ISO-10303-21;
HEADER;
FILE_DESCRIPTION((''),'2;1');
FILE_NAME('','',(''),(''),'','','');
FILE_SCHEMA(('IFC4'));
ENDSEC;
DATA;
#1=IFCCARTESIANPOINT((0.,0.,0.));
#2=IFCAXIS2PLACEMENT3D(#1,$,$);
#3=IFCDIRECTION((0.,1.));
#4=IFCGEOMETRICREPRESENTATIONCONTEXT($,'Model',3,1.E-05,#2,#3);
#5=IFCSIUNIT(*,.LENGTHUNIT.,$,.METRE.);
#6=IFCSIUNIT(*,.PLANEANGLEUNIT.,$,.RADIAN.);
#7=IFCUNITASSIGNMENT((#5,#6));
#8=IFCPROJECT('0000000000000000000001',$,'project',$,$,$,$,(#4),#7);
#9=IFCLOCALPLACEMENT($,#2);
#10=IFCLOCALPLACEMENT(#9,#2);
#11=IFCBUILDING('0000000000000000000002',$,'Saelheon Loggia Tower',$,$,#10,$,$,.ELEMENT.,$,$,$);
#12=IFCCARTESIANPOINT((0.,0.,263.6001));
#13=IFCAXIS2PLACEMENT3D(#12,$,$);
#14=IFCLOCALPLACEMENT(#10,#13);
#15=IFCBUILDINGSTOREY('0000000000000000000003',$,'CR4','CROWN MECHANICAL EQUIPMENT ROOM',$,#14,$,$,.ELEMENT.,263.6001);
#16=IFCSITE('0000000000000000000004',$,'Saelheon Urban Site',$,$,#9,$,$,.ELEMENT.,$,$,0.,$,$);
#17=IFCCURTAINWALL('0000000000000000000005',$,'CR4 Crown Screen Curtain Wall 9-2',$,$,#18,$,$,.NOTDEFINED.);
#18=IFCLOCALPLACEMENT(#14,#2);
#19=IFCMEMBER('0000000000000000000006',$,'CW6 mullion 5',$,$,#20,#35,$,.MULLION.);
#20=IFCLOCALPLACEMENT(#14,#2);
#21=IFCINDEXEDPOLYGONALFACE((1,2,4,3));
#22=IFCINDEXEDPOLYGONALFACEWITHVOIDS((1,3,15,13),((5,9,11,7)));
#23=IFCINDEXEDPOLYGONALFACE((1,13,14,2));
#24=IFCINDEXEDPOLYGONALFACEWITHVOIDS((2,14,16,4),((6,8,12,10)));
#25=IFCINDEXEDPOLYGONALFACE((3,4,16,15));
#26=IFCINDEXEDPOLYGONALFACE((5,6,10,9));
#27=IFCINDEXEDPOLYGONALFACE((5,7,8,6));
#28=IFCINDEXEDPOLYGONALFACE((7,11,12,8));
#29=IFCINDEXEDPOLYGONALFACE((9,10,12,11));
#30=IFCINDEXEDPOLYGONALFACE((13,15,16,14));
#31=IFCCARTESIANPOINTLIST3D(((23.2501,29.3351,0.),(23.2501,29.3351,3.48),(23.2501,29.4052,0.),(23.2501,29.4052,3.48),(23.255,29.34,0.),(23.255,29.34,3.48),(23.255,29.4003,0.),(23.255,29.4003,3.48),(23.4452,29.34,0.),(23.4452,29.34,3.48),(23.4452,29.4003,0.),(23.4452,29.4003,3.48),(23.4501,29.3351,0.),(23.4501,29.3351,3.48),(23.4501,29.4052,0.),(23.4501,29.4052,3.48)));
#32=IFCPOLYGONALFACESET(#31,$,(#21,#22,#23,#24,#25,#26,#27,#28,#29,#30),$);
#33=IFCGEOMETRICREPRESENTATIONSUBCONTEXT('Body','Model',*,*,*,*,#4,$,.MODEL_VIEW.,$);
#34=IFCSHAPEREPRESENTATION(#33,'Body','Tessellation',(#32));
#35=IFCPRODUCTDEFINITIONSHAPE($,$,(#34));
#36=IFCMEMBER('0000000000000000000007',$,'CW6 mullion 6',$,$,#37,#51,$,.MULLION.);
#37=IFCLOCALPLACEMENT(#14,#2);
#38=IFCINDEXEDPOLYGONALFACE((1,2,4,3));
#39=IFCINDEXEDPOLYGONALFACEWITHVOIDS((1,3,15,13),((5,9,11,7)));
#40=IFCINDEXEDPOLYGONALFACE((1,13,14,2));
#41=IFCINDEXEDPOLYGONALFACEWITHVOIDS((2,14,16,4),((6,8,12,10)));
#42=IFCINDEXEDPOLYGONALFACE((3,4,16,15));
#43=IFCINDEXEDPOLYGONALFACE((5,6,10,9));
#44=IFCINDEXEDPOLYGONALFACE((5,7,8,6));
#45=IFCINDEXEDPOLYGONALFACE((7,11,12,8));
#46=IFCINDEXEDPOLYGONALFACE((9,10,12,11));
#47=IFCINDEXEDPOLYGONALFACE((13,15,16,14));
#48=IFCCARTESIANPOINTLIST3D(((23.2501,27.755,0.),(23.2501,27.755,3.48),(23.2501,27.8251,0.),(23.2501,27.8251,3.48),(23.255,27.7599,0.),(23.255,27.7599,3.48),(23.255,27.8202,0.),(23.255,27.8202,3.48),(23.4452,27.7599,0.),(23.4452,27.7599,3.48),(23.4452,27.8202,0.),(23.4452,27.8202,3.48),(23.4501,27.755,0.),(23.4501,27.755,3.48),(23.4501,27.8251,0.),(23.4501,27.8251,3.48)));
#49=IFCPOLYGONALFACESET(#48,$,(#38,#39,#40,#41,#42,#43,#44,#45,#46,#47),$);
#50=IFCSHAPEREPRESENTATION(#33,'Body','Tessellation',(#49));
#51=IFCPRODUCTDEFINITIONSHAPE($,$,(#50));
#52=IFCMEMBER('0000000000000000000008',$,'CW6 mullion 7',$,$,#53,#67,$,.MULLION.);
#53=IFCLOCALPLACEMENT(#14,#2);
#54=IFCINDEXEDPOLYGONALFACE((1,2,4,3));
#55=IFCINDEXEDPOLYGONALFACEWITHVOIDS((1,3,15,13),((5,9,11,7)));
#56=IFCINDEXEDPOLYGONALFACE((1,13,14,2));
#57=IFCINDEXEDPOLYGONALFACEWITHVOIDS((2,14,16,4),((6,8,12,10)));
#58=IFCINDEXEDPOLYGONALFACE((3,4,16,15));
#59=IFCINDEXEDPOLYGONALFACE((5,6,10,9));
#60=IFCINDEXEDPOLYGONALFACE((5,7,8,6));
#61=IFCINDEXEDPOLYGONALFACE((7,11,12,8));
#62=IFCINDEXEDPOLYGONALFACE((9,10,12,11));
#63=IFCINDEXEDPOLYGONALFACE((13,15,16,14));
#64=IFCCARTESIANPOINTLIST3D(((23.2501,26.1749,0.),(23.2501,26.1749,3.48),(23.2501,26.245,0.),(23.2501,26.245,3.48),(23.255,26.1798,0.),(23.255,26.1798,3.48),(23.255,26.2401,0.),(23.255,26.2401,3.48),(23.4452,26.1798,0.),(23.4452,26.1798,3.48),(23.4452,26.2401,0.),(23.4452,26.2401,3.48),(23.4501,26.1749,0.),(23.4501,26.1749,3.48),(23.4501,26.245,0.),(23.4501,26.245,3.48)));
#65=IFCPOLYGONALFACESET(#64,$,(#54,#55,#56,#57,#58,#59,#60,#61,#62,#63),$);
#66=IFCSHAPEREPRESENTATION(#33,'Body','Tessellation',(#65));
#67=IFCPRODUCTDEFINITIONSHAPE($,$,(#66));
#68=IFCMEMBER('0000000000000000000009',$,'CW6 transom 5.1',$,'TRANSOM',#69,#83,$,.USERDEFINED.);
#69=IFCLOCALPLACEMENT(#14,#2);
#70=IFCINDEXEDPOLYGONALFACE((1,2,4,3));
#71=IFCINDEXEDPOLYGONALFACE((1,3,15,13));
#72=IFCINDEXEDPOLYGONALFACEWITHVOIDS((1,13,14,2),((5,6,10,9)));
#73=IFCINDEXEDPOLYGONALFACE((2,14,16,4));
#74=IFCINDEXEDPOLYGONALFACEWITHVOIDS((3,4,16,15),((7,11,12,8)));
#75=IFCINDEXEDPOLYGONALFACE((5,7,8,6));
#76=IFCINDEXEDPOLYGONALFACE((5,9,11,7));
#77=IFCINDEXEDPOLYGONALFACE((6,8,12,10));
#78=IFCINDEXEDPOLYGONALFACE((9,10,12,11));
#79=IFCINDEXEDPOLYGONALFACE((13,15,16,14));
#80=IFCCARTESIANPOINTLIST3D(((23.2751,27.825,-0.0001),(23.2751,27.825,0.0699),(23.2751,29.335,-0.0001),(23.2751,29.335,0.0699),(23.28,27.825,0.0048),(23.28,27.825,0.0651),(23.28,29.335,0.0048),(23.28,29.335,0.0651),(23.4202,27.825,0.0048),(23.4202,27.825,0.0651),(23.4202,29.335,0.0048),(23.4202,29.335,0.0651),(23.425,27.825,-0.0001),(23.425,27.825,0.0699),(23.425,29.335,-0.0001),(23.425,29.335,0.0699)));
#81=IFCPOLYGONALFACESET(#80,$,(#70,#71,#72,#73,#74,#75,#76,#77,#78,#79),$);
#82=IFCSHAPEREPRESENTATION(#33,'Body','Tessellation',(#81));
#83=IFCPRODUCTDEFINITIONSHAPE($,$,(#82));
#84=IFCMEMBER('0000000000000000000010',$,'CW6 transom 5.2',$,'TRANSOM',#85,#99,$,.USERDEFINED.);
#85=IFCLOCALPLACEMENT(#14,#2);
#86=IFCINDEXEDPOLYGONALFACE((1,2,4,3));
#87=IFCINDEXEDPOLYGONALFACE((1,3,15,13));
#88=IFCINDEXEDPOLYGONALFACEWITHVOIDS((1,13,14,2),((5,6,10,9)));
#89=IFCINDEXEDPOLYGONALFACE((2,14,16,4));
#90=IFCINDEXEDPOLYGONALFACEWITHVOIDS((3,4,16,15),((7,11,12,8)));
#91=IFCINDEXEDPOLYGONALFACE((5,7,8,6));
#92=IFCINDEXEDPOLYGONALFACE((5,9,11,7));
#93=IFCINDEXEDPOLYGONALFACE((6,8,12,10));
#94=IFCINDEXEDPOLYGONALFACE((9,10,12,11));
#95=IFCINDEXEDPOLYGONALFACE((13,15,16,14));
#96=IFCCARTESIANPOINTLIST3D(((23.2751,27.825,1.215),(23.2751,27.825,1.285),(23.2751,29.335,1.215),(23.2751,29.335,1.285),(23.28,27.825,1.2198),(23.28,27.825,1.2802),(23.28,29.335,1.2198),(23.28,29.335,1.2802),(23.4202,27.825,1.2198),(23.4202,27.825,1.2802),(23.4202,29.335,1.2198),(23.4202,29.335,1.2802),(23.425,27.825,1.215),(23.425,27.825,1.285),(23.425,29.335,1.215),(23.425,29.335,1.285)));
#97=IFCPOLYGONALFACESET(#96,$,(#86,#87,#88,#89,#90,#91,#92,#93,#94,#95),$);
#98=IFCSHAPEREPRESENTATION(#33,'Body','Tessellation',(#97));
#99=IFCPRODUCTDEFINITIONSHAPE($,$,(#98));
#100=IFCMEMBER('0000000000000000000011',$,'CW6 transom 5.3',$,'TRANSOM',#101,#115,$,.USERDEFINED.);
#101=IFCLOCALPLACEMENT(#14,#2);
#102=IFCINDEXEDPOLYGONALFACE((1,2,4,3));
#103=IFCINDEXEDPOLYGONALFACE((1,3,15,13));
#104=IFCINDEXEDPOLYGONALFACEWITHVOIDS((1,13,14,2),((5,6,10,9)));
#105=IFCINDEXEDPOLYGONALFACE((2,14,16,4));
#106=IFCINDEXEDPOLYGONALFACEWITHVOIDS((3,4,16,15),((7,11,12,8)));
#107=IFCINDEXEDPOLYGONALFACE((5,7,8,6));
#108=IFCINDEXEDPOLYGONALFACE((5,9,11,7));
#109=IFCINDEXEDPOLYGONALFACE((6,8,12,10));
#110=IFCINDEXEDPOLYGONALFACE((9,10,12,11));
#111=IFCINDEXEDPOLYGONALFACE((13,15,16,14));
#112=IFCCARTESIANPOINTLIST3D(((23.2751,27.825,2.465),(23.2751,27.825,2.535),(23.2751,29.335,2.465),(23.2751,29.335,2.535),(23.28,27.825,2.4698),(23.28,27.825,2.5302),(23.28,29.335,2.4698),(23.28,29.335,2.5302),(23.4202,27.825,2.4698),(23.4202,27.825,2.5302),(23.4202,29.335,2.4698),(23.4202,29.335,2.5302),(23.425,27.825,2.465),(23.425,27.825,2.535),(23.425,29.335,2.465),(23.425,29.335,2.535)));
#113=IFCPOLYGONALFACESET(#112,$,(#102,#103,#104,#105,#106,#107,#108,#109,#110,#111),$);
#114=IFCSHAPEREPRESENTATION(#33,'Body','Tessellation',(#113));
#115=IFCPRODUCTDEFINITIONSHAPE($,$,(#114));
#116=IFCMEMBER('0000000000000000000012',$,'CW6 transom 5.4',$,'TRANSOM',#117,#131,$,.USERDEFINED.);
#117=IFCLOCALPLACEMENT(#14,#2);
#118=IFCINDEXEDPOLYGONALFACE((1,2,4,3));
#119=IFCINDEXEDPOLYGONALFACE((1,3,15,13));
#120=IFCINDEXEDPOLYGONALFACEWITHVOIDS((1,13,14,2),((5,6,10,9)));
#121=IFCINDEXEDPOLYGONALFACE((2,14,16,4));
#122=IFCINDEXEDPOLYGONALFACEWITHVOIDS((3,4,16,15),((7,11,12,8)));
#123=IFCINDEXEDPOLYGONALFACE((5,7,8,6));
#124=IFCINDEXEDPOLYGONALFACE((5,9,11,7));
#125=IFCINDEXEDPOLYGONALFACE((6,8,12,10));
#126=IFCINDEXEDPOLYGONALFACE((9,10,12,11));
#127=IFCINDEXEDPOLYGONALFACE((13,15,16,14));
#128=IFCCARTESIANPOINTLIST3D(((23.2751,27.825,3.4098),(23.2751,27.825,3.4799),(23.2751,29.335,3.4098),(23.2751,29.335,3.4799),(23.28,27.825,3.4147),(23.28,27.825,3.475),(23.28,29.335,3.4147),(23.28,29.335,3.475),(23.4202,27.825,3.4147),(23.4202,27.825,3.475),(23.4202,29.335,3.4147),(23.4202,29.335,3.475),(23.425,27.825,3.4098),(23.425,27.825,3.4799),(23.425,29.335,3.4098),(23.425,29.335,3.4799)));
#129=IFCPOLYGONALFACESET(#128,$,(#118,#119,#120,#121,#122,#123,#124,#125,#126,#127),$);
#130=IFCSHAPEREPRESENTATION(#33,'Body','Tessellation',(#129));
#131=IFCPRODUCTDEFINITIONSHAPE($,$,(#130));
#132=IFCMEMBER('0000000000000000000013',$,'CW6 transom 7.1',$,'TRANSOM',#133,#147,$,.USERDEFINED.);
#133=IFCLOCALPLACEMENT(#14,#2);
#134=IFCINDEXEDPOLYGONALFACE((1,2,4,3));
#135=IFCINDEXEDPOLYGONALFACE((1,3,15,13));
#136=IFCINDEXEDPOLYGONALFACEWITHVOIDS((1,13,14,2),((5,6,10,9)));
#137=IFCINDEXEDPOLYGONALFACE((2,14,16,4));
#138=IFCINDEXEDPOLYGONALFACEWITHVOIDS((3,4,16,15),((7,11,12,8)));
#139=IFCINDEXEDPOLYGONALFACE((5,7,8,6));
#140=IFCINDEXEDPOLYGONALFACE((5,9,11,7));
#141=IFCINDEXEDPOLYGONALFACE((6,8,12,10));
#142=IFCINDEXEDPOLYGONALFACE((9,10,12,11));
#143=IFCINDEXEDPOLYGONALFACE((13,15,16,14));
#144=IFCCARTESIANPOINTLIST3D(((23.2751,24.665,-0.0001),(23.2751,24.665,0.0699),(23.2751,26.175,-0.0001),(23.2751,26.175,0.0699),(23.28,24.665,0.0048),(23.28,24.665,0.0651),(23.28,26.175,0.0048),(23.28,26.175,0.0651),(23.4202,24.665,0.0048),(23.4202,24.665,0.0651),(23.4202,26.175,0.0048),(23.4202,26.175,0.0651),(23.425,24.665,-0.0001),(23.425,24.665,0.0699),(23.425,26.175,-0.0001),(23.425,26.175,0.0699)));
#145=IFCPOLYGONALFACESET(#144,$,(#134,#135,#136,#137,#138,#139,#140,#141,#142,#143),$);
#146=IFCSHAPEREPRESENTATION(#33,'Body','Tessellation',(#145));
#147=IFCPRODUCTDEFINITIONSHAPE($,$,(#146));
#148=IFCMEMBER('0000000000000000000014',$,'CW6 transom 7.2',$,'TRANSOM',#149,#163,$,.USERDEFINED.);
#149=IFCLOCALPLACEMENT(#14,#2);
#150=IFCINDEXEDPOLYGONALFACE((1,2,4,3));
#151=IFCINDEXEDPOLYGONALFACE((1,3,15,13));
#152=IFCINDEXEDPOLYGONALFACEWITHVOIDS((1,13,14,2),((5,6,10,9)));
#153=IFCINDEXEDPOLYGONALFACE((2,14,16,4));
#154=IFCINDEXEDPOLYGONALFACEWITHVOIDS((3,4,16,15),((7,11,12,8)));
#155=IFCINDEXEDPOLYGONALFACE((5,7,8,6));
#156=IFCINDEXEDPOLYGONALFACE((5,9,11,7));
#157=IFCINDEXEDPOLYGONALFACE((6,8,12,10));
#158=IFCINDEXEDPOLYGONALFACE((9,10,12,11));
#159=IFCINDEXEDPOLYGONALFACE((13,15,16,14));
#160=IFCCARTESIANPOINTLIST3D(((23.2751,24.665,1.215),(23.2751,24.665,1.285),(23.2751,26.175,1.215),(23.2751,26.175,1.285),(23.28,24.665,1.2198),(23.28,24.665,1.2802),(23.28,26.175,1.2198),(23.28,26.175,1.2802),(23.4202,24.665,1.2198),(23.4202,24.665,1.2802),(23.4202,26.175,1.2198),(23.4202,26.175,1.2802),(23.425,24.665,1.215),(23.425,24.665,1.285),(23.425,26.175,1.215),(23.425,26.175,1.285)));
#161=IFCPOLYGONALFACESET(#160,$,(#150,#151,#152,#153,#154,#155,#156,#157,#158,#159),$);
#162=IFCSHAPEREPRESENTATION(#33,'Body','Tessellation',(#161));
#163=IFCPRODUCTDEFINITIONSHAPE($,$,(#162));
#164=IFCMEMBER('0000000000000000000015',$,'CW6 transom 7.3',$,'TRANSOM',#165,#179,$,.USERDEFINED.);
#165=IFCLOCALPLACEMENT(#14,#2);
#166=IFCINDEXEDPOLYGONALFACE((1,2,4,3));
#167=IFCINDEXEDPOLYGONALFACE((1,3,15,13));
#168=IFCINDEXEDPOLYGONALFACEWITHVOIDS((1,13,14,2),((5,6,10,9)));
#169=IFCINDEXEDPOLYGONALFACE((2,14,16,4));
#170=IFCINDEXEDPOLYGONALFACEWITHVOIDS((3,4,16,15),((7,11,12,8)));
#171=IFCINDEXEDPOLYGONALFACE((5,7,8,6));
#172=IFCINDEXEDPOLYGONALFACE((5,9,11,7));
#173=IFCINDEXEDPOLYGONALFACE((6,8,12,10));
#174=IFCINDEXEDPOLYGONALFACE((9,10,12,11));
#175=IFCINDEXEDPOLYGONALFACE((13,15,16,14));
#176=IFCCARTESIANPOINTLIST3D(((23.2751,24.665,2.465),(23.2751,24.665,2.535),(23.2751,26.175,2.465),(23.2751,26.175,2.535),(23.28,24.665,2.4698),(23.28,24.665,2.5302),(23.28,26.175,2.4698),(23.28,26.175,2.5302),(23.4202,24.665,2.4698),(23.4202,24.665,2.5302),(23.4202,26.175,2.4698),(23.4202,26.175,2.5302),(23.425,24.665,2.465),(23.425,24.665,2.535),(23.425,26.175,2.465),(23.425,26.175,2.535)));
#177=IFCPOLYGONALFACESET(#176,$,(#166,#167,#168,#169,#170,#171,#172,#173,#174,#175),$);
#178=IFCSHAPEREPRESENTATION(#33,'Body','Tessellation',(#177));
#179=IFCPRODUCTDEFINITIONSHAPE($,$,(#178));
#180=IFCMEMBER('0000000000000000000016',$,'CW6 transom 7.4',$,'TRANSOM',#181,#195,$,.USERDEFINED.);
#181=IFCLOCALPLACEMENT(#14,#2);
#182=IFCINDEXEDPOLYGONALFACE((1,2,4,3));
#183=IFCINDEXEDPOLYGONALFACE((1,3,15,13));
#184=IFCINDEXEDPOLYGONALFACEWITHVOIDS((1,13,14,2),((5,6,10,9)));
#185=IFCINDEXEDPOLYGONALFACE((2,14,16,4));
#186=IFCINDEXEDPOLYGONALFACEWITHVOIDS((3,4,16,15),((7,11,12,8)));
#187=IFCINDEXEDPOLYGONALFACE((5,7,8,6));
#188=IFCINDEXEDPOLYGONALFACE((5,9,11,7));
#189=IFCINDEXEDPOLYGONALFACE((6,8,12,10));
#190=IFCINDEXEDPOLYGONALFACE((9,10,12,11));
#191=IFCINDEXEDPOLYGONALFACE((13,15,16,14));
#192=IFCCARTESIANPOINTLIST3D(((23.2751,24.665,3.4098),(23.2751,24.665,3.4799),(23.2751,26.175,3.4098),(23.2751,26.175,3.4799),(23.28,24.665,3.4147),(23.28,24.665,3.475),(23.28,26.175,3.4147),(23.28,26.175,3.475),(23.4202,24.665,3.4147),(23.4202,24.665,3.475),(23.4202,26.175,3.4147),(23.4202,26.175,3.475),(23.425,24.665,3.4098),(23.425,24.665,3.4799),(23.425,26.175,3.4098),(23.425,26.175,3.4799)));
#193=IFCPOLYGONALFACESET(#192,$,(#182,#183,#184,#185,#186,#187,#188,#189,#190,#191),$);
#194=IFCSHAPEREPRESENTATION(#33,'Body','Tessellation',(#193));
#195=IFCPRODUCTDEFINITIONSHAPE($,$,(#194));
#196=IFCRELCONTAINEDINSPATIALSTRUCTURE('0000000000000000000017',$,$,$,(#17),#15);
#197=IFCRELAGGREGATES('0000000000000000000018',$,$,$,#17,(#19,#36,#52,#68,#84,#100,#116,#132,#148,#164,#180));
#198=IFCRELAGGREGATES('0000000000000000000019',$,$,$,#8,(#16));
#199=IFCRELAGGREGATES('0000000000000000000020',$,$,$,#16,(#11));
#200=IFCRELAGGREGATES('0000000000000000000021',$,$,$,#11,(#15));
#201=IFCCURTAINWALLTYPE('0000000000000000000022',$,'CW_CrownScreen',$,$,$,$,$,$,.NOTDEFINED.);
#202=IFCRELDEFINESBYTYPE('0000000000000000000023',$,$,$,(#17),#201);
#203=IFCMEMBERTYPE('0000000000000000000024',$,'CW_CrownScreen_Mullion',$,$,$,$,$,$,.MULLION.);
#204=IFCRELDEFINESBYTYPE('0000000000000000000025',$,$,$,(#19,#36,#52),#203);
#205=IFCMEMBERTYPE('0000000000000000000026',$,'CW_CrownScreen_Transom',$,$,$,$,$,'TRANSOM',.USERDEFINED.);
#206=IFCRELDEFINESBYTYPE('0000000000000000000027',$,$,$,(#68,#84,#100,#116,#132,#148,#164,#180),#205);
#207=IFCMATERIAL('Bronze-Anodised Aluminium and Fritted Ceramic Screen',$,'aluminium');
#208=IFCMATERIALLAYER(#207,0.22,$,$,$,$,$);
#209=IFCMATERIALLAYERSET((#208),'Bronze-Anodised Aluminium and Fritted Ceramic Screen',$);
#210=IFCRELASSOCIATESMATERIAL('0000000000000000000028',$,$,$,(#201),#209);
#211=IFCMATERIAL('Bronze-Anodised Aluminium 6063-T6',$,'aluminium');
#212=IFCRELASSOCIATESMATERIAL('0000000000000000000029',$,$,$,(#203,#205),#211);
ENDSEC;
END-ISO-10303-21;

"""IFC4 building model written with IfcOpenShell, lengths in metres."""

from ifc_helpers import new_model, si_unit, direction, frame, origin, origin_2d, place, context, subcontext, project, spatial, hollow_rectangle, extrude, source, transform, mapped, material, layer, layer_set, material_profile, profile_set, type_object, element, aggregate, save


model = new_model("IFC4")

# Units and contexts
model_context = context("Model", 3, precision=1e-05, world=origin(), true_north=direction((0.0, 1.0)))
body_context = subcontext(model_context, "Body", "Model", "MODEL_VIEW")
ifc_project = project(units=[si_unit("LENGTHUNIT", "METRE"), si_unit("PLANEANGLEUNIT", "RADIAN")], contexts=[model_context])

# Site, building, storey
site_placement = place(None, origin())
site = spatial("IfcSite", under=ifc_project, at=site_placement, Name="Saelheon Urban Site", CompositionType="ELEMENT", RefElevation=0.0)
building_placement = place(site_placement, origin())
building = spatial("IfcBuilding", under=site, at=building_placement, Name="Saelheon Loggia Tower", CompositionType="ELEMENT")
storey_placement = place(building_placement, frame((0.0, 0.0, 263.6001)))
storey = spatial("IfcBuildingStorey", under=building, at=storey_placement, Name="CR4", Description="CROWN MECHANICAL EQUIPMENT ROOM", CompositionType="ELEMENT", Elevation=263.6001)

# Curtain wall, members
ifc_material_1 = material(Name="Bronze-Anodised Aluminium and Fritted Ceramic Screen", Category="aluminium")
ifc_layer_1 = layer(ifc_material_1, 0.22)
ifc_layer_set_1 = layer_set([ifc_layer_1], Name="Bronze-Anodised Aluminium and Fritted Ceramic Screen")
curtain_wall_type = type_object("IfcCurtainWallType", Name="CW_CrownScreen", PredefinedType="NOTDEFINED", material=ifc_layer_set_1)
curtain_wall_placement = place(storey_placement, origin())
curtain_wall = element("IfcCurtainWall", 1, at=curtain_wall_placement, inside=storey, type_object=curtain_wall_type, Name="CR4 Crown Screen Curtain Wall 9-2", PredefinedType="NOTDEFINED")
ifc_material_2 = material(Name="Bronze-Anodised Aluminium 6063-T6", Category="aluminium")
ifc_material_profile_1 = material_profile(ifc_material_2, hollow_rectangle(XDim=0.0701, YDim=0.2, WallThickness=0.0049, at=origin_2d()), Name="RHS-200x70x5")
ifc_profile_set_1 = profile_set([ifc_material_profile_1], Name="Bronze-Anodised Aluminium 6063-T6")
member_type_1 = type_object("IfcMemberType", Name="CW_CrownScreen_Mullion", PredefinedType="MULLION", material=ifc_profile_set_1)
shared_shape_1 = source(origin(), body_context, "Body", "SweptSolid", [
    extrude(hollow_rectangle(XDim=0.0701, YDim=0.2, WallThickness=0.0049, at=origin_2d()), origin(), (0.0, 0.0, 1.0), 3.48),
])
member_1_placement = place(storey_placement, frame((23.3501, 29.3701, 0.0), z_axis=(0.0, 0.0, 1.0), x_axis=(0.0, -1.0, 0.0)))
member_1 = element("IfcMember", 2, at=member_1_placement, type_object=member_type_1, Name="CW6 mullion 5", PredefinedType="MULLION", context=body_context, shape_type="MappedRepresentation", body=[
    mapped(shared_shape_1, transform((0.0, 0.0, 0.0), scale=1.0)),
])
member_2_placement = place(storey_placement, frame((23.3501, 27.79, 0.0), z_axis=(0.0, 0.0, 1.0), x_axis=(0.0, -1.0, 0.0)))
member_2 = element("IfcMember", 3, at=member_2_placement, type_object=member_type_1, Name="CW6 mullion 6", PredefinedType="MULLION", context=body_context, shape_type="MappedRepresentation", body=[
    mapped(shared_shape_1, transform((0.0, 0.0, 0.0), scale=1.0)),
])
member_3_placement = place(storey_placement, frame((23.3501, 26.21, 0.0), z_axis=(0.0, 0.0, 1.0), x_axis=(0.0, -1.0, 0.0)))
member_3 = element("IfcMember", 4, at=member_3_placement, type_object=member_type_1, Name="CW6 mullion 7", PredefinedType="MULLION", context=body_context, shape_type="MappedRepresentation", body=[
    mapped(shared_shape_1, transform((0.0, 0.0, 0.0), scale=1.0)),
])
ifc_material_profile_2 = material_profile(ifc_material_2, hollow_rectangle(XDim=0.0701, YDim=0.1499, WallThickness=0.0049, at=origin_2d()), Name="RHS-150x70x5")
ifc_profile_set_2 = profile_set([ifc_material_profile_2], Name="Bronze-Anodised Aluminium 6063-T6")
member_type_2 = type_object("IfcMemberType", Name="CW_CrownScreen_Transom", ElementType="TRANSOM", PredefinedType="USERDEFINED", material=ifc_profile_set_2)
shared_shape_2 = source(origin(), body_context, "Body", "SweptSolid", [
    extrude(hollow_rectangle(XDim=0.0701, YDim=0.1499, WallThickness=0.0049, at=origin_2d()), origin(), (0.0, 0.0, 1.0), 1.51),
])
member_4_placement = place(storey_placement, frame((23.3501, 29.335, 0.0349), z_axis=(0.0, -1.0, 0.0), x_axis=(0.0, 0.0, 1.0)))
member_4 = element("IfcMember", 5, at=member_4_placement, type_object=member_type_2, Name="CW6 transom 5.1", ObjectType="TRANSOM", PredefinedType="USERDEFINED", context=body_context, shape_type="MappedRepresentation", body=[
    mapped(shared_shape_2, transform((0.0, 0.0, 0.0), scale=1.0)),
])
member_5_placement = place(storey_placement, frame((23.3501, 29.335, 1.25), z_axis=(0.0, -1.0, 0.0), x_axis=(0.0, 0.0, 1.0)))
member_5 = element("IfcMember", 6, at=member_5_placement, type_object=member_type_2, Name="CW6 transom 5.2", ObjectType="TRANSOM", PredefinedType="USERDEFINED", context=body_context, shape_type="MappedRepresentation", body=[
    mapped(shared_shape_2, transform((0.0, 0.0, 0.0), scale=1.0)),
])
member_6_placement = place(storey_placement, frame((23.3501, 29.335, 2.5), z_axis=(0.0, -1.0, 0.0), x_axis=(0.0, 0.0, 1.0)))
member_6 = element("IfcMember", 7, at=member_6_placement, type_object=member_type_2, Name="CW6 transom 5.3", ObjectType="TRANSOM", PredefinedType="USERDEFINED", context=body_context, shape_type="MappedRepresentation", body=[
    mapped(shared_shape_2, transform((0.0, 0.0, 0.0), scale=1.0)),
])
member_7_placement = place(storey_placement, frame((23.3501, 29.335, 3.4448), z_axis=(0.0, -1.0, 0.0), x_axis=(0.0, 0.0, 1.0)))
member_7 = element("IfcMember", 8, at=member_7_placement, type_object=member_type_2, Name="CW6 transom 5.4", ObjectType="TRANSOM", PredefinedType="USERDEFINED", context=body_context, shape_type="MappedRepresentation", body=[
    mapped(shared_shape_2, transform((0.0, 0.0, 0.0), scale=1.0)),
])
member_8_placement = place(storey_placement, frame((23.3501, 26.175, 0.0349), z_axis=(0.0, -1.0, 0.0), x_axis=(0.0, 0.0, 1.0)))
member_8 = element("IfcMember", 9, at=member_8_placement, type_object=member_type_2, Name="CW6 transom 7.1", ObjectType="TRANSOM", PredefinedType="USERDEFINED", context=body_context, shape_type="MappedRepresentation", body=[
    mapped(shared_shape_2, transform((0.0, 0.0, 0.0), scale=1.0)),
])
member_9_placement = place(storey_placement, frame((23.3501, 26.175, 1.25), z_axis=(0.0, -1.0, 0.0), x_axis=(0.0, 0.0, 1.0)))
member_9 = element("IfcMember", 10, at=member_9_placement, type_object=member_type_2, Name="CW6 transom 7.2", ObjectType="TRANSOM", PredefinedType="USERDEFINED", context=body_context, shape_type="MappedRepresentation", body=[
    mapped(shared_shape_2, transform((0.0, 0.0, 0.0), scale=1.0)),
])
member_10_placement = place(storey_placement, frame((23.3501, 26.175, 2.5), z_axis=(0.0, -1.0, 0.0), x_axis=(0.0, 0.0, 1.0)))
member_10 = element("IfcMember", 11, at=member_10_placement, type_object=member_type_2, Name="CW6 transom 7.3", ObjectType="TRANSOM", PredefinedType="USERDEFINED", context=body_context, shape_type="MappedRepresentation", body=[
    mapped(shared_shape_2, transform((0.0, 0.0, 0.0), scale=1.0)),
])
member_11_placement = place(storey_placement, frame((23.3501, 26.175, 3.4448), z_axis=(0.0, -1.0, 0.0), x_axis=(0.0, 0.0, 1.0)))
member_11 = element("IfcMember", 12, at=member_11_placement, type_object=member_type_2, Name="CW6 transom 7.4", ObjectType="TRANSOM", PredefinedType="USERDEFINED", context=body_context, shape_type="MappedRepresentation", body=[
    mapped(shared_shape_2, transform((0.0, 0.0, 0.0), scale=1.0)),
])
aggregate(curtain_wall, [member_1, member_2, member_3, member_4, member_5, member_6, member_7, member_8, member_9, member_10, member_11])

save(model, "model.ifc")
